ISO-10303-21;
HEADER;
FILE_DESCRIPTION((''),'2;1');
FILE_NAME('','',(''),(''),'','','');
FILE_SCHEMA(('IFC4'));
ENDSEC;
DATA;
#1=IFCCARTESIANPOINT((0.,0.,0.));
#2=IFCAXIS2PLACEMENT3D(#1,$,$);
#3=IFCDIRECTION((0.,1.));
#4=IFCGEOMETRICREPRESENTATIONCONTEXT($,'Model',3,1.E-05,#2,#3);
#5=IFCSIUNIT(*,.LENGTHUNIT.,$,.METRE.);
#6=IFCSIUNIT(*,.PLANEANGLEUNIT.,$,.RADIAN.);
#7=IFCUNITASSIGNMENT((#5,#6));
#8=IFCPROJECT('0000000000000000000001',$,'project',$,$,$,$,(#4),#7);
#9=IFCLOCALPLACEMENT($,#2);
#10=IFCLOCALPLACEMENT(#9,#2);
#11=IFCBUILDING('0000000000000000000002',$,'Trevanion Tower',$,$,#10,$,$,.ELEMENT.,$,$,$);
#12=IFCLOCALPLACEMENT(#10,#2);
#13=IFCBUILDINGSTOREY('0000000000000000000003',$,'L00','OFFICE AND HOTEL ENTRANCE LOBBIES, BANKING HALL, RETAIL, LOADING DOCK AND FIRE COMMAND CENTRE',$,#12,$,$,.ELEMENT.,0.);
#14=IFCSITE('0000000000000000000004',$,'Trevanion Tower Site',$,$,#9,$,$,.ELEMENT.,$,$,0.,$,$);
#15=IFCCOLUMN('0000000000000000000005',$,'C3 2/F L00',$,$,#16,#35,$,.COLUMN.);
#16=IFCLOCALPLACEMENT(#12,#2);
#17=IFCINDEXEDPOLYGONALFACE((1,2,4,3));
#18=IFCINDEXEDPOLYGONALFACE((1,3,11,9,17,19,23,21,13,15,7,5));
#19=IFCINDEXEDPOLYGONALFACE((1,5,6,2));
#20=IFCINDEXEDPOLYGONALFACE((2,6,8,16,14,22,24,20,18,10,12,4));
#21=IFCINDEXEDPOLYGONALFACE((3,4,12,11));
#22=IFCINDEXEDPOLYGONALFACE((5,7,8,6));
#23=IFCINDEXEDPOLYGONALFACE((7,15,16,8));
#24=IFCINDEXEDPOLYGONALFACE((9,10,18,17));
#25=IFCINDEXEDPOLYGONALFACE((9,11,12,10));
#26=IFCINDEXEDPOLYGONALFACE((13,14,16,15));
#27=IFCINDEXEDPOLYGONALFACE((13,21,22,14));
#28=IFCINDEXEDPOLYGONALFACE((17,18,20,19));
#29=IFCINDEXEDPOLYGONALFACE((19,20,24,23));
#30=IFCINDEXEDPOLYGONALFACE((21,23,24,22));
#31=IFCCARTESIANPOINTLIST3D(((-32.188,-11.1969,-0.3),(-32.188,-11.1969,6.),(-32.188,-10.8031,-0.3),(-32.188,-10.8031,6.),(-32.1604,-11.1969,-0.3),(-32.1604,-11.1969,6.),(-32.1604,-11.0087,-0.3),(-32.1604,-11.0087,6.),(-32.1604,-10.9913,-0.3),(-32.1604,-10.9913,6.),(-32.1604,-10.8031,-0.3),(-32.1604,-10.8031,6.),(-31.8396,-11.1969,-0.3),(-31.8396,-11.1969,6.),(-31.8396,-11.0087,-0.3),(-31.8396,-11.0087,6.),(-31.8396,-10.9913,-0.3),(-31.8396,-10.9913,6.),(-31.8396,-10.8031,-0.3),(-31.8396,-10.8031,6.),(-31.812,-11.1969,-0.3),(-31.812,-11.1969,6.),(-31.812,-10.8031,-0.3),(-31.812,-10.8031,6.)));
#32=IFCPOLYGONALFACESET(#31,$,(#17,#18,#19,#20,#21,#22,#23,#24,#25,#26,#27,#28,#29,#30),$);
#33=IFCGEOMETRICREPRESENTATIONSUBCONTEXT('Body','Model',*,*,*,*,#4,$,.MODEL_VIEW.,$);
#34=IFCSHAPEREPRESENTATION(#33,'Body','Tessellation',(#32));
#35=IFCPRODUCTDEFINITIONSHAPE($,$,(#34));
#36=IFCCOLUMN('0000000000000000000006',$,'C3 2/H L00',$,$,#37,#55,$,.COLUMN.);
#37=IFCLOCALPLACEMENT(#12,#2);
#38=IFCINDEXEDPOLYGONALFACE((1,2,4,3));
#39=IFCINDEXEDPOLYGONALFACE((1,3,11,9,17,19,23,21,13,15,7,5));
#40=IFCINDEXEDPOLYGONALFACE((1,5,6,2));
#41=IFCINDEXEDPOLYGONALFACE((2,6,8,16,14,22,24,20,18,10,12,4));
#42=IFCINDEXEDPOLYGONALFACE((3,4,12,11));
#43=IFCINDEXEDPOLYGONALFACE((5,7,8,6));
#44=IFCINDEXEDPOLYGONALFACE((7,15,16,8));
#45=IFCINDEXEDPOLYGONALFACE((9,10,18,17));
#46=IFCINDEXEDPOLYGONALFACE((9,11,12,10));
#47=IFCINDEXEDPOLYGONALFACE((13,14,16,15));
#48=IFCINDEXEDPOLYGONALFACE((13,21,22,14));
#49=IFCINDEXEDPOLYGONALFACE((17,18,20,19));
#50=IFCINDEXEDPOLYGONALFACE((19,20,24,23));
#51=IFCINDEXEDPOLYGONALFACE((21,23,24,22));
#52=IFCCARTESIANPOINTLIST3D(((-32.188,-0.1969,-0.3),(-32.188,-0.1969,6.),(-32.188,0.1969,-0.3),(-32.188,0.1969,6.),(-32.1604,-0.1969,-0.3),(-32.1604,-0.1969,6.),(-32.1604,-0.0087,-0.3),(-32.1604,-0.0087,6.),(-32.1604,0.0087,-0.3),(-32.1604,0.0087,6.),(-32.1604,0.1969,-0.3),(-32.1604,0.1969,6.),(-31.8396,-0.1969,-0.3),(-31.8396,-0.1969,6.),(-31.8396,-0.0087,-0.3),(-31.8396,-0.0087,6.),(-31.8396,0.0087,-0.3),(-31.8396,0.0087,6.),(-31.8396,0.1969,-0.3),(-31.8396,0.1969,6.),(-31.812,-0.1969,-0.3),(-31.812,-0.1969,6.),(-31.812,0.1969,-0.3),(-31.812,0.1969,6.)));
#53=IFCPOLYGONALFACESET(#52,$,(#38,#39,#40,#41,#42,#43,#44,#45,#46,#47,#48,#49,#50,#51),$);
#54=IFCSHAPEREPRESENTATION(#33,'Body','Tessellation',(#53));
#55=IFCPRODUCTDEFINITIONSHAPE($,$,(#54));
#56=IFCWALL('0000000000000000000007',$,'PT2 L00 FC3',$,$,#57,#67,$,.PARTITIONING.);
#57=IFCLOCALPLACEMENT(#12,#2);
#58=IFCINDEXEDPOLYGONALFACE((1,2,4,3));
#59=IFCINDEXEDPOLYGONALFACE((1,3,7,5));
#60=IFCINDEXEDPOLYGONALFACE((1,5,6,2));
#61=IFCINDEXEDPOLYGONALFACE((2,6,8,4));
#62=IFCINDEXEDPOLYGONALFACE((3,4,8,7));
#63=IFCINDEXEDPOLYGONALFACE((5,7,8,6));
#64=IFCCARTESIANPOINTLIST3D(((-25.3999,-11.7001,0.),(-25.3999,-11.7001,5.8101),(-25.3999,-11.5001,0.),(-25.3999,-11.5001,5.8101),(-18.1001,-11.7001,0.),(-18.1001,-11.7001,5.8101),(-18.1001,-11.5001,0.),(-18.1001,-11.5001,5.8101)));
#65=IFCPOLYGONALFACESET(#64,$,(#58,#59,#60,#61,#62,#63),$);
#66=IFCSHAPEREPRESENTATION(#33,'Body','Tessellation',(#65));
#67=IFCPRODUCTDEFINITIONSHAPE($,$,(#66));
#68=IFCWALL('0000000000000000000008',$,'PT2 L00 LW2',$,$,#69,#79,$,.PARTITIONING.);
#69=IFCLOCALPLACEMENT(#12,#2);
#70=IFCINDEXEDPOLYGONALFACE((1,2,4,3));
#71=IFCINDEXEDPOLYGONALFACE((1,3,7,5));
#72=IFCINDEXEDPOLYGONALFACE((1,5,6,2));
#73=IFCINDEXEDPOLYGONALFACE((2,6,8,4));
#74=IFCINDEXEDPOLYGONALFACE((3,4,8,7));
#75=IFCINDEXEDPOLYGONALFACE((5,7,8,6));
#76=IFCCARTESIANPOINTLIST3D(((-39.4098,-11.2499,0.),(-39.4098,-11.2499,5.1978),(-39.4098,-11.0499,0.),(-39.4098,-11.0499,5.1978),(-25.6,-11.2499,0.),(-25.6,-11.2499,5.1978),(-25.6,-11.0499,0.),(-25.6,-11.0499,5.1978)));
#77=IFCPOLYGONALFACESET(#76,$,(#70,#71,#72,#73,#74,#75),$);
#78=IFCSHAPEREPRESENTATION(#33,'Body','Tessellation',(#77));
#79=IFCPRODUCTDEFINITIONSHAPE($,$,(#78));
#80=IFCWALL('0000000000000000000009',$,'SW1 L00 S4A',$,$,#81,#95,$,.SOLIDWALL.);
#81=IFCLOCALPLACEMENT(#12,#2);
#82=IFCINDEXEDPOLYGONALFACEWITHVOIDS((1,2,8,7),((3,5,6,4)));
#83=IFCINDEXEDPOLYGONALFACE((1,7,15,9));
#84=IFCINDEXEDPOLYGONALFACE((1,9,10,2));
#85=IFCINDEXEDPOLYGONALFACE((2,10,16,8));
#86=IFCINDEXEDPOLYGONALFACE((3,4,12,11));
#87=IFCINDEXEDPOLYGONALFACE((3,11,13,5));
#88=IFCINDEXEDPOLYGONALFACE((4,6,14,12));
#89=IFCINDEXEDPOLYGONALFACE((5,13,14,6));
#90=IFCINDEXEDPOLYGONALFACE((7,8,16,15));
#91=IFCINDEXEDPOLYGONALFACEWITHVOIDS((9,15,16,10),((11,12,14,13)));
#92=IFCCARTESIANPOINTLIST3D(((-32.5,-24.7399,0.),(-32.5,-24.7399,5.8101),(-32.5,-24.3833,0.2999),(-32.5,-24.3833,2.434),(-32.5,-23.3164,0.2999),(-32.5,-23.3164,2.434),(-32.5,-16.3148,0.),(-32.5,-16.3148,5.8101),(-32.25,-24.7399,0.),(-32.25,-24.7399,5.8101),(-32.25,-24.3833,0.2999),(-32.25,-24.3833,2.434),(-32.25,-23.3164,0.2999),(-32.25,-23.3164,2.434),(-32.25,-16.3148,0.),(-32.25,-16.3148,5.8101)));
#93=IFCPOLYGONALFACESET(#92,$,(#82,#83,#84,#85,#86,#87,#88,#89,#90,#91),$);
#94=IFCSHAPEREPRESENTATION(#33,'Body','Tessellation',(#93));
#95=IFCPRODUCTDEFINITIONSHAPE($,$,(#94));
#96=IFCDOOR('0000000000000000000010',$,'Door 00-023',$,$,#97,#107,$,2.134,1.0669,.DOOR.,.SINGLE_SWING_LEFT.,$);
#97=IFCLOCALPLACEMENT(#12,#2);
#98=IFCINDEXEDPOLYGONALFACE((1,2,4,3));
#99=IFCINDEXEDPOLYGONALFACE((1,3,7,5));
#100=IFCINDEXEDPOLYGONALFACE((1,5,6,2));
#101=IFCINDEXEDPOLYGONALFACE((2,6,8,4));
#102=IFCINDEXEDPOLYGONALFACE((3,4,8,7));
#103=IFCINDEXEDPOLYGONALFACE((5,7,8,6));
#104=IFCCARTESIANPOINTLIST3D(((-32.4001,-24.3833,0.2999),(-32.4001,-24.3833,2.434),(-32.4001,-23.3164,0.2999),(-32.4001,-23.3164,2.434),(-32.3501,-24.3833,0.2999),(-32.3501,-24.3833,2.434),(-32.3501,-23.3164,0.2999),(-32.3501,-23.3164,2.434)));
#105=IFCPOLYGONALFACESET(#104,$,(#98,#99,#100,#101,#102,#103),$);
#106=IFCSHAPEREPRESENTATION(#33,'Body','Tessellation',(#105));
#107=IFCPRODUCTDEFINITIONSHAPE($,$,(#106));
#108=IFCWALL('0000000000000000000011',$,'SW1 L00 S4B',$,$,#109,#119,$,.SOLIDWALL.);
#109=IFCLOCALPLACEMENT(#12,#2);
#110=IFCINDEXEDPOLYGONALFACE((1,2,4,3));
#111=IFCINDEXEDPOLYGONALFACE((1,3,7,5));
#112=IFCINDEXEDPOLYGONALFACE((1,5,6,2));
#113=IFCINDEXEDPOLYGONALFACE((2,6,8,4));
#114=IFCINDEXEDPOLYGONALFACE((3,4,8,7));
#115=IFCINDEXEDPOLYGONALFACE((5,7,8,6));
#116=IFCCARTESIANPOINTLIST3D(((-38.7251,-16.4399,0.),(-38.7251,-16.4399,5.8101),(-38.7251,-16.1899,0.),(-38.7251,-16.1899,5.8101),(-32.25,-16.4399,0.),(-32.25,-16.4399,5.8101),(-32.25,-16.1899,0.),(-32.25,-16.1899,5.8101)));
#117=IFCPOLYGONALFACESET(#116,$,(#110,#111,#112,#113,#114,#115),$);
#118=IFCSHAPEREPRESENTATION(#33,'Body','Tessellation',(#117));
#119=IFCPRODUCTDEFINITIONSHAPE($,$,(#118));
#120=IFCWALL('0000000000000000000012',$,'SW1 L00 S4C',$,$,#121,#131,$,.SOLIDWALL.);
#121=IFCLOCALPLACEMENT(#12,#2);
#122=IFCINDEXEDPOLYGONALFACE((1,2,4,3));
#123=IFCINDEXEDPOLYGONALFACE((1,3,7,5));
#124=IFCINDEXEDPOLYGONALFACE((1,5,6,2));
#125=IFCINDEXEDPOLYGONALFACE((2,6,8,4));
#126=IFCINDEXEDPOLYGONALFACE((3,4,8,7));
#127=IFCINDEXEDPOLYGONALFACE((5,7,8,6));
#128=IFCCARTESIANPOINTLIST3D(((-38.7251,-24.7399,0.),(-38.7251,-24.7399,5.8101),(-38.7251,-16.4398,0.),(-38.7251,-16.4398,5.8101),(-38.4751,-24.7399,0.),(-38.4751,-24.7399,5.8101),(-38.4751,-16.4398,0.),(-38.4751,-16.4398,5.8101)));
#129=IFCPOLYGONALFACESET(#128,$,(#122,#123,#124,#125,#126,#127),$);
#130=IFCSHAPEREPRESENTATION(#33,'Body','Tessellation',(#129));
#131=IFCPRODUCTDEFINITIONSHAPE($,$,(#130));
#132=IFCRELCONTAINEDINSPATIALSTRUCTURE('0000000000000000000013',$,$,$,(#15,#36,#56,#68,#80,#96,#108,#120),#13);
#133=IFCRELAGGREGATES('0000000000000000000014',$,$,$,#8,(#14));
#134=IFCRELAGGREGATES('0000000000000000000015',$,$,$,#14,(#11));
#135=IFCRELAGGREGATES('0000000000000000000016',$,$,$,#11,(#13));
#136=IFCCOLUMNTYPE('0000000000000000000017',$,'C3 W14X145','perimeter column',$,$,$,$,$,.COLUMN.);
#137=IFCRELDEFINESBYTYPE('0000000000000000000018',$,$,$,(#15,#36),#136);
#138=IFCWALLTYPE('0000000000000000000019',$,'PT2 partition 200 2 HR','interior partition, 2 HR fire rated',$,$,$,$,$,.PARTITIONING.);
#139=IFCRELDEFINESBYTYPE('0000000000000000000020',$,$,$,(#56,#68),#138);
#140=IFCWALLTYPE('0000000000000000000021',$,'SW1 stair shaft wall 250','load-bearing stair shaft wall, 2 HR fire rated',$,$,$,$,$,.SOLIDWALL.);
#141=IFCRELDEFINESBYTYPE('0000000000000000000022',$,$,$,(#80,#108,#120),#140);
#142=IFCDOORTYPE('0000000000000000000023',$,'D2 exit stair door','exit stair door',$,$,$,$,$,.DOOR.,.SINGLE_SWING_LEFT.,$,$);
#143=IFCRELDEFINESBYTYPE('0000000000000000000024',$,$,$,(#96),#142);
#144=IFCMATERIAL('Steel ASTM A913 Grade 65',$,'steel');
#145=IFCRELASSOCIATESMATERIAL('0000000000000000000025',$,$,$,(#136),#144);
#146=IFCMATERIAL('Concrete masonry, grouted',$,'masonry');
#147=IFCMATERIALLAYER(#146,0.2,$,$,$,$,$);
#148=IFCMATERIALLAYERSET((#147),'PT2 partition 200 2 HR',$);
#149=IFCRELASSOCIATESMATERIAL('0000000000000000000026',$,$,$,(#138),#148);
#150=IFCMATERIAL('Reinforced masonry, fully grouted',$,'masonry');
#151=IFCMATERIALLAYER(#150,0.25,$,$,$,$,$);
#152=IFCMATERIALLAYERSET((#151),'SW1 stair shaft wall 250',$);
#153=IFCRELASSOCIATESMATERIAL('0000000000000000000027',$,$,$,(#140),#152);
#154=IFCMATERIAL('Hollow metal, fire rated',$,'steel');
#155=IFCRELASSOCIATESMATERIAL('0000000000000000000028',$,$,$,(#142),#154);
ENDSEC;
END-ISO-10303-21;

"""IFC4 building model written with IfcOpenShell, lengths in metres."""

from ifc_helpers import new_model, si_unit, direction, frame, frame_2d, origin, origin_2d, place, context, subcontext, project, spatial, rectangle, i_section, extrude, material, layer, layer_set, material_profile, profile_set, type_object, element, fill, save


model = new_model("IFC4")

# Units and contexts
model_context = context("Model", 3, precision=1e-05, world=origin(), true_north=direction((0.0, 1.0)))
body_context = subcontext(model_context, "Body", "Model", "MODEL_VIEW")
ifc_project = project(units=[si_unit("LENGTHUNIT", "METRE"), si_unit("PLANEANGLEUNIT", "RADIAN")], contexts=[model_context])

# Site, building, storey
site_placement = place(None, origin())
site = spatial("IfcSite", under=ifc_project, at=site_placement, Name="Trevanion Tower Site", CompositionType="ELEMENT", RefElevation=0.0)
building_placement = place(site_placement, origin())
building = spatial("IfcBuilding", under=site, at=building_placement, Name="Trevanion Tower", CompositionType="ELEMENT")
storey_placement = place(building_placement, origin())
storey = spatial("IfcBuildingStorey", under=building, at=storey_placement, Name="L00", Description="OFFICE AND HOTEL ENTRANCE LOBBIES, BANKING HALL, RETAIL, LOADING DOCK AND FIRE COMMAND CENTRE", CompositionType="ELEMENT", Elevation=0.0)

# Columns
ifc_material_1 = material(Name="Steel ASTM A913 Grade 65", Category="steel")
ifc_material_profile_1 = material_profile(ifc_material_1, i_section(OverallWidth=0.3938, OverallDepth=0.376, WebThickness=0.0173, FlangeThickness=0.0276, at=origin_2d()), Name="W14X145")
ifc_profile_set_1 = profile_set([ifc_material_profile_1], Name="Steel ASTM A913 Grade 65")
column_type_1 = type_object("IfcColumnType", Name="C3 W14X145", Description="perimeter column", PredefinedType="COLUMN", material=ifc_profile_set_1)
for number, where, z_axis, x_axis, name in (
    (1, (-32.0, -11.0, -0.3), (0.0, 0.0, 1.0), (0.0, 1.0, 0.0), "C3 2/F L00"),
    (2, (-32.0, 0.0, -0.3), (0.0, 0.0, 1.0), (0.0, 1.0, 0.0), "C3 2/H L00"),
):
    element("IfcColumn", number, at=place(storey_placement, frame(where, z_axis=z_axis, x_axis=x_axis)), inside=storey, type_object=column_type_1, Name=name, PredefinedType="COLUMN", context=body_context, shape_type="SweptSolid", body=[
        extrude(i_section(OverallWidth=0.3938, OverallDepth=0.376, WebThickness=0.0173, FlangeThickness=0.0276, at=origin_2d()), origin(), (0.0, 0.0, 1.0), 6.3),
    ])

# Walls
ifc_material_2 = material(Name="Concrete masonry, grouted", Category="masonry")
ifc_layer_1 = layer(ifc_material_2, 0.2)
ifc_layer_set_1 = layer_set([ifc_layer_1], Name="PT2 partition 200 2 HR")
wall_type_1 = type_object("IfcWallType", Name="PT2 partition 200 2 HR", Description="interior partition, 2 HR fire rated", PredefinedType="PARTITIONING", material=ifc_layer_set_1)
wall_1_placement = place(storey_placement, frame((-25.3999, -11.6001, 0.0), z_axis=(0.0, 0.0, 1.0), x_axis=(1.0, 0.0, 0.0)))
element("IfcWall", 3, at=wall_1_placement, inside=storey, type_object=wall_type_1, Name="PT2 L00 FC3", PredefinedType="PARTITIONING", context=body_context, shape_type="SweptSolid", body=[
    extrude(rectangle(XDim=7.2998, YDim=0.2, at=frame_2d((3.6499, 0.0))), origin(), (0.0, 0.0, 1.0), 5.8101),
])
wall_2_placement = place(storey_placement, frame((-25.6001, -11.1499, 0.0), z_axis=(0.0, 0.0, 1.0), x_axis=(-1.0, 0.0, 0.0)))
element("IfcWall", 4, at=wall_2_placement, inside=storey, type_object=wall_type_1, Name="PT2 L00 LW2", PredefinedType="PARTITIONING", context=body_context, shape_type="SweptSolid", body=[
    extrude(rectangle(XDim=13.8098, YDim=0.2, at=frame_2d((6.9048, 0.0))), origin(), (0.0, 0.0, 1.0), 5.1978),
])

# Wall, opening, door
ifc_material_3 = material(Name="Reinforced masonry, fully grouted", Category="masonry")
ifc_layer_2 = layer(ifc_material_3, 0.25)
ifc_layer_set_2 = layer_set([ifc_layer_2], Name="SW1 stair shaft wall 250")
wall_type_2 = type_object("IfcWallType", Name="SW1 stair shaft wall 250", Description="load-bearing stair shaft wall, 2 HR fire rated", PredefinedType="SOLIDWALL", material=ifc_layer_set_2)
wall_3_placement = place(storey_placement, frame((-32.375, -16.3149, 0.0), z_axis=(0.0, 0.0, 1.0), x_axis=(0.0, -1.0, 0.0)))
wall_3 = element("IfcWall", 5, at=wall_3_placement, inside=storey, type_object=wall_type_2, Name="SW1 L00 S4A", PredefinedType="SOLIDWALL", context=body_context, shape_type="SweptSolid", body=[
    extrude(rectangle(XDim=8.425, YDim=0.25, at=frame_2d((4.2124, 0.0))), origin(), (0.0, 0.0, 1.0), 5.8101),
])
opening_placement = place(wall_3_placement, frame((7.0015, 0.0, 0.3)))
opening = element("IfcOpeningElement", 6, at=opening_placement, cuts=wall_3, PredefinedType="OPENING", context=body_context, shape_type="SweptSolid", body=[
    extrude(rectangle(XDim=1.0669, YDim=2.134, at=frame_2d((0.5334, 1.0669))), frame((0.0, 0.135, 0.0), z_axis=(0.0, -1.0, 0.0), x_axis=(1.0, 0.0, 0.0)), (0.0, 0.0, 1.0), 0.27),
])
ifc_material_4 = material(Name="Hollow metal, fire rated", Category="steel")
door_type = type_object("IfcDoorType", Name="D2 exit stair door", Description="exit stair door", OperationType="SINGLE_SWING_LEFT", PredefinedType="DOOR", material=ifc_material_4)
door_placement = place(opening_placement, origin())
door = element("IfcDoor", 7, at=door_placement, inside=storey, type_object=door_type, Name="Door 00-023", OperationType="SINGLE_SWING_LEFT", OverallHeight=2.134, OverallWidth=1.0669, PredefinedType="DOOR", context=body_context, shape_type="SweptSolid", body=[
    extrude(rectangle(XDim=1.0669, YDim=2.134, at=frame_2d((0.5334, 1.0669))), frame((0.0, 0.0249, 0.0), z_axis=(0.0, -1.0, 0.0), x_axis=(1.0, 0.0, 0.0)), (0.0, 0.0, 1.0), 0.05),
])
fill(opening, door)

# Walls
wall_4_placement = place(storey_placement, frame((-32.25, -16.3149, 0.0), z_axis=(0.0, 0.0, 1.0), x_axis=(-1.0, 0.0, 0.0)))
element("IfcWall", 8, at=wall_4_placement, inside=storey, type_object=wall_type_2, Name="SW1 L00 S4B", PredefinedType="SOLIDWALL", context=body_context, shape_type="SweptSolid", body=[
    extrude(rectangle(XDim=6.4751, YDim=0.25, at=frame_2d((3.2375, 0.0))), origin(), (0.0, 0.0, 1.0), 5.8101),
])
wall_5_placement = place(storey_placement, frame((-38.6001, -16.4399, 0.0), z_axis=(0.0, 0.0, 1.0), x_axis=(0.0, -1.0, 0.0)))
element("IfcWall", 9, at=wall_5_placement, inside=storey, type_object=wall_type_2, Name="SW1 L00 S4C", PredefinedType="SOLIDWALL", context=body_context, shape_type="SweptSolid", body=[
    extrude(rectangle(XDim=8.3, YDim=0.25, at=frame_2d((4.1499, 0.0))), origin(), (0.0, 0.0, 1.0), 5.8101),
])

save(model, "model.ifc")
